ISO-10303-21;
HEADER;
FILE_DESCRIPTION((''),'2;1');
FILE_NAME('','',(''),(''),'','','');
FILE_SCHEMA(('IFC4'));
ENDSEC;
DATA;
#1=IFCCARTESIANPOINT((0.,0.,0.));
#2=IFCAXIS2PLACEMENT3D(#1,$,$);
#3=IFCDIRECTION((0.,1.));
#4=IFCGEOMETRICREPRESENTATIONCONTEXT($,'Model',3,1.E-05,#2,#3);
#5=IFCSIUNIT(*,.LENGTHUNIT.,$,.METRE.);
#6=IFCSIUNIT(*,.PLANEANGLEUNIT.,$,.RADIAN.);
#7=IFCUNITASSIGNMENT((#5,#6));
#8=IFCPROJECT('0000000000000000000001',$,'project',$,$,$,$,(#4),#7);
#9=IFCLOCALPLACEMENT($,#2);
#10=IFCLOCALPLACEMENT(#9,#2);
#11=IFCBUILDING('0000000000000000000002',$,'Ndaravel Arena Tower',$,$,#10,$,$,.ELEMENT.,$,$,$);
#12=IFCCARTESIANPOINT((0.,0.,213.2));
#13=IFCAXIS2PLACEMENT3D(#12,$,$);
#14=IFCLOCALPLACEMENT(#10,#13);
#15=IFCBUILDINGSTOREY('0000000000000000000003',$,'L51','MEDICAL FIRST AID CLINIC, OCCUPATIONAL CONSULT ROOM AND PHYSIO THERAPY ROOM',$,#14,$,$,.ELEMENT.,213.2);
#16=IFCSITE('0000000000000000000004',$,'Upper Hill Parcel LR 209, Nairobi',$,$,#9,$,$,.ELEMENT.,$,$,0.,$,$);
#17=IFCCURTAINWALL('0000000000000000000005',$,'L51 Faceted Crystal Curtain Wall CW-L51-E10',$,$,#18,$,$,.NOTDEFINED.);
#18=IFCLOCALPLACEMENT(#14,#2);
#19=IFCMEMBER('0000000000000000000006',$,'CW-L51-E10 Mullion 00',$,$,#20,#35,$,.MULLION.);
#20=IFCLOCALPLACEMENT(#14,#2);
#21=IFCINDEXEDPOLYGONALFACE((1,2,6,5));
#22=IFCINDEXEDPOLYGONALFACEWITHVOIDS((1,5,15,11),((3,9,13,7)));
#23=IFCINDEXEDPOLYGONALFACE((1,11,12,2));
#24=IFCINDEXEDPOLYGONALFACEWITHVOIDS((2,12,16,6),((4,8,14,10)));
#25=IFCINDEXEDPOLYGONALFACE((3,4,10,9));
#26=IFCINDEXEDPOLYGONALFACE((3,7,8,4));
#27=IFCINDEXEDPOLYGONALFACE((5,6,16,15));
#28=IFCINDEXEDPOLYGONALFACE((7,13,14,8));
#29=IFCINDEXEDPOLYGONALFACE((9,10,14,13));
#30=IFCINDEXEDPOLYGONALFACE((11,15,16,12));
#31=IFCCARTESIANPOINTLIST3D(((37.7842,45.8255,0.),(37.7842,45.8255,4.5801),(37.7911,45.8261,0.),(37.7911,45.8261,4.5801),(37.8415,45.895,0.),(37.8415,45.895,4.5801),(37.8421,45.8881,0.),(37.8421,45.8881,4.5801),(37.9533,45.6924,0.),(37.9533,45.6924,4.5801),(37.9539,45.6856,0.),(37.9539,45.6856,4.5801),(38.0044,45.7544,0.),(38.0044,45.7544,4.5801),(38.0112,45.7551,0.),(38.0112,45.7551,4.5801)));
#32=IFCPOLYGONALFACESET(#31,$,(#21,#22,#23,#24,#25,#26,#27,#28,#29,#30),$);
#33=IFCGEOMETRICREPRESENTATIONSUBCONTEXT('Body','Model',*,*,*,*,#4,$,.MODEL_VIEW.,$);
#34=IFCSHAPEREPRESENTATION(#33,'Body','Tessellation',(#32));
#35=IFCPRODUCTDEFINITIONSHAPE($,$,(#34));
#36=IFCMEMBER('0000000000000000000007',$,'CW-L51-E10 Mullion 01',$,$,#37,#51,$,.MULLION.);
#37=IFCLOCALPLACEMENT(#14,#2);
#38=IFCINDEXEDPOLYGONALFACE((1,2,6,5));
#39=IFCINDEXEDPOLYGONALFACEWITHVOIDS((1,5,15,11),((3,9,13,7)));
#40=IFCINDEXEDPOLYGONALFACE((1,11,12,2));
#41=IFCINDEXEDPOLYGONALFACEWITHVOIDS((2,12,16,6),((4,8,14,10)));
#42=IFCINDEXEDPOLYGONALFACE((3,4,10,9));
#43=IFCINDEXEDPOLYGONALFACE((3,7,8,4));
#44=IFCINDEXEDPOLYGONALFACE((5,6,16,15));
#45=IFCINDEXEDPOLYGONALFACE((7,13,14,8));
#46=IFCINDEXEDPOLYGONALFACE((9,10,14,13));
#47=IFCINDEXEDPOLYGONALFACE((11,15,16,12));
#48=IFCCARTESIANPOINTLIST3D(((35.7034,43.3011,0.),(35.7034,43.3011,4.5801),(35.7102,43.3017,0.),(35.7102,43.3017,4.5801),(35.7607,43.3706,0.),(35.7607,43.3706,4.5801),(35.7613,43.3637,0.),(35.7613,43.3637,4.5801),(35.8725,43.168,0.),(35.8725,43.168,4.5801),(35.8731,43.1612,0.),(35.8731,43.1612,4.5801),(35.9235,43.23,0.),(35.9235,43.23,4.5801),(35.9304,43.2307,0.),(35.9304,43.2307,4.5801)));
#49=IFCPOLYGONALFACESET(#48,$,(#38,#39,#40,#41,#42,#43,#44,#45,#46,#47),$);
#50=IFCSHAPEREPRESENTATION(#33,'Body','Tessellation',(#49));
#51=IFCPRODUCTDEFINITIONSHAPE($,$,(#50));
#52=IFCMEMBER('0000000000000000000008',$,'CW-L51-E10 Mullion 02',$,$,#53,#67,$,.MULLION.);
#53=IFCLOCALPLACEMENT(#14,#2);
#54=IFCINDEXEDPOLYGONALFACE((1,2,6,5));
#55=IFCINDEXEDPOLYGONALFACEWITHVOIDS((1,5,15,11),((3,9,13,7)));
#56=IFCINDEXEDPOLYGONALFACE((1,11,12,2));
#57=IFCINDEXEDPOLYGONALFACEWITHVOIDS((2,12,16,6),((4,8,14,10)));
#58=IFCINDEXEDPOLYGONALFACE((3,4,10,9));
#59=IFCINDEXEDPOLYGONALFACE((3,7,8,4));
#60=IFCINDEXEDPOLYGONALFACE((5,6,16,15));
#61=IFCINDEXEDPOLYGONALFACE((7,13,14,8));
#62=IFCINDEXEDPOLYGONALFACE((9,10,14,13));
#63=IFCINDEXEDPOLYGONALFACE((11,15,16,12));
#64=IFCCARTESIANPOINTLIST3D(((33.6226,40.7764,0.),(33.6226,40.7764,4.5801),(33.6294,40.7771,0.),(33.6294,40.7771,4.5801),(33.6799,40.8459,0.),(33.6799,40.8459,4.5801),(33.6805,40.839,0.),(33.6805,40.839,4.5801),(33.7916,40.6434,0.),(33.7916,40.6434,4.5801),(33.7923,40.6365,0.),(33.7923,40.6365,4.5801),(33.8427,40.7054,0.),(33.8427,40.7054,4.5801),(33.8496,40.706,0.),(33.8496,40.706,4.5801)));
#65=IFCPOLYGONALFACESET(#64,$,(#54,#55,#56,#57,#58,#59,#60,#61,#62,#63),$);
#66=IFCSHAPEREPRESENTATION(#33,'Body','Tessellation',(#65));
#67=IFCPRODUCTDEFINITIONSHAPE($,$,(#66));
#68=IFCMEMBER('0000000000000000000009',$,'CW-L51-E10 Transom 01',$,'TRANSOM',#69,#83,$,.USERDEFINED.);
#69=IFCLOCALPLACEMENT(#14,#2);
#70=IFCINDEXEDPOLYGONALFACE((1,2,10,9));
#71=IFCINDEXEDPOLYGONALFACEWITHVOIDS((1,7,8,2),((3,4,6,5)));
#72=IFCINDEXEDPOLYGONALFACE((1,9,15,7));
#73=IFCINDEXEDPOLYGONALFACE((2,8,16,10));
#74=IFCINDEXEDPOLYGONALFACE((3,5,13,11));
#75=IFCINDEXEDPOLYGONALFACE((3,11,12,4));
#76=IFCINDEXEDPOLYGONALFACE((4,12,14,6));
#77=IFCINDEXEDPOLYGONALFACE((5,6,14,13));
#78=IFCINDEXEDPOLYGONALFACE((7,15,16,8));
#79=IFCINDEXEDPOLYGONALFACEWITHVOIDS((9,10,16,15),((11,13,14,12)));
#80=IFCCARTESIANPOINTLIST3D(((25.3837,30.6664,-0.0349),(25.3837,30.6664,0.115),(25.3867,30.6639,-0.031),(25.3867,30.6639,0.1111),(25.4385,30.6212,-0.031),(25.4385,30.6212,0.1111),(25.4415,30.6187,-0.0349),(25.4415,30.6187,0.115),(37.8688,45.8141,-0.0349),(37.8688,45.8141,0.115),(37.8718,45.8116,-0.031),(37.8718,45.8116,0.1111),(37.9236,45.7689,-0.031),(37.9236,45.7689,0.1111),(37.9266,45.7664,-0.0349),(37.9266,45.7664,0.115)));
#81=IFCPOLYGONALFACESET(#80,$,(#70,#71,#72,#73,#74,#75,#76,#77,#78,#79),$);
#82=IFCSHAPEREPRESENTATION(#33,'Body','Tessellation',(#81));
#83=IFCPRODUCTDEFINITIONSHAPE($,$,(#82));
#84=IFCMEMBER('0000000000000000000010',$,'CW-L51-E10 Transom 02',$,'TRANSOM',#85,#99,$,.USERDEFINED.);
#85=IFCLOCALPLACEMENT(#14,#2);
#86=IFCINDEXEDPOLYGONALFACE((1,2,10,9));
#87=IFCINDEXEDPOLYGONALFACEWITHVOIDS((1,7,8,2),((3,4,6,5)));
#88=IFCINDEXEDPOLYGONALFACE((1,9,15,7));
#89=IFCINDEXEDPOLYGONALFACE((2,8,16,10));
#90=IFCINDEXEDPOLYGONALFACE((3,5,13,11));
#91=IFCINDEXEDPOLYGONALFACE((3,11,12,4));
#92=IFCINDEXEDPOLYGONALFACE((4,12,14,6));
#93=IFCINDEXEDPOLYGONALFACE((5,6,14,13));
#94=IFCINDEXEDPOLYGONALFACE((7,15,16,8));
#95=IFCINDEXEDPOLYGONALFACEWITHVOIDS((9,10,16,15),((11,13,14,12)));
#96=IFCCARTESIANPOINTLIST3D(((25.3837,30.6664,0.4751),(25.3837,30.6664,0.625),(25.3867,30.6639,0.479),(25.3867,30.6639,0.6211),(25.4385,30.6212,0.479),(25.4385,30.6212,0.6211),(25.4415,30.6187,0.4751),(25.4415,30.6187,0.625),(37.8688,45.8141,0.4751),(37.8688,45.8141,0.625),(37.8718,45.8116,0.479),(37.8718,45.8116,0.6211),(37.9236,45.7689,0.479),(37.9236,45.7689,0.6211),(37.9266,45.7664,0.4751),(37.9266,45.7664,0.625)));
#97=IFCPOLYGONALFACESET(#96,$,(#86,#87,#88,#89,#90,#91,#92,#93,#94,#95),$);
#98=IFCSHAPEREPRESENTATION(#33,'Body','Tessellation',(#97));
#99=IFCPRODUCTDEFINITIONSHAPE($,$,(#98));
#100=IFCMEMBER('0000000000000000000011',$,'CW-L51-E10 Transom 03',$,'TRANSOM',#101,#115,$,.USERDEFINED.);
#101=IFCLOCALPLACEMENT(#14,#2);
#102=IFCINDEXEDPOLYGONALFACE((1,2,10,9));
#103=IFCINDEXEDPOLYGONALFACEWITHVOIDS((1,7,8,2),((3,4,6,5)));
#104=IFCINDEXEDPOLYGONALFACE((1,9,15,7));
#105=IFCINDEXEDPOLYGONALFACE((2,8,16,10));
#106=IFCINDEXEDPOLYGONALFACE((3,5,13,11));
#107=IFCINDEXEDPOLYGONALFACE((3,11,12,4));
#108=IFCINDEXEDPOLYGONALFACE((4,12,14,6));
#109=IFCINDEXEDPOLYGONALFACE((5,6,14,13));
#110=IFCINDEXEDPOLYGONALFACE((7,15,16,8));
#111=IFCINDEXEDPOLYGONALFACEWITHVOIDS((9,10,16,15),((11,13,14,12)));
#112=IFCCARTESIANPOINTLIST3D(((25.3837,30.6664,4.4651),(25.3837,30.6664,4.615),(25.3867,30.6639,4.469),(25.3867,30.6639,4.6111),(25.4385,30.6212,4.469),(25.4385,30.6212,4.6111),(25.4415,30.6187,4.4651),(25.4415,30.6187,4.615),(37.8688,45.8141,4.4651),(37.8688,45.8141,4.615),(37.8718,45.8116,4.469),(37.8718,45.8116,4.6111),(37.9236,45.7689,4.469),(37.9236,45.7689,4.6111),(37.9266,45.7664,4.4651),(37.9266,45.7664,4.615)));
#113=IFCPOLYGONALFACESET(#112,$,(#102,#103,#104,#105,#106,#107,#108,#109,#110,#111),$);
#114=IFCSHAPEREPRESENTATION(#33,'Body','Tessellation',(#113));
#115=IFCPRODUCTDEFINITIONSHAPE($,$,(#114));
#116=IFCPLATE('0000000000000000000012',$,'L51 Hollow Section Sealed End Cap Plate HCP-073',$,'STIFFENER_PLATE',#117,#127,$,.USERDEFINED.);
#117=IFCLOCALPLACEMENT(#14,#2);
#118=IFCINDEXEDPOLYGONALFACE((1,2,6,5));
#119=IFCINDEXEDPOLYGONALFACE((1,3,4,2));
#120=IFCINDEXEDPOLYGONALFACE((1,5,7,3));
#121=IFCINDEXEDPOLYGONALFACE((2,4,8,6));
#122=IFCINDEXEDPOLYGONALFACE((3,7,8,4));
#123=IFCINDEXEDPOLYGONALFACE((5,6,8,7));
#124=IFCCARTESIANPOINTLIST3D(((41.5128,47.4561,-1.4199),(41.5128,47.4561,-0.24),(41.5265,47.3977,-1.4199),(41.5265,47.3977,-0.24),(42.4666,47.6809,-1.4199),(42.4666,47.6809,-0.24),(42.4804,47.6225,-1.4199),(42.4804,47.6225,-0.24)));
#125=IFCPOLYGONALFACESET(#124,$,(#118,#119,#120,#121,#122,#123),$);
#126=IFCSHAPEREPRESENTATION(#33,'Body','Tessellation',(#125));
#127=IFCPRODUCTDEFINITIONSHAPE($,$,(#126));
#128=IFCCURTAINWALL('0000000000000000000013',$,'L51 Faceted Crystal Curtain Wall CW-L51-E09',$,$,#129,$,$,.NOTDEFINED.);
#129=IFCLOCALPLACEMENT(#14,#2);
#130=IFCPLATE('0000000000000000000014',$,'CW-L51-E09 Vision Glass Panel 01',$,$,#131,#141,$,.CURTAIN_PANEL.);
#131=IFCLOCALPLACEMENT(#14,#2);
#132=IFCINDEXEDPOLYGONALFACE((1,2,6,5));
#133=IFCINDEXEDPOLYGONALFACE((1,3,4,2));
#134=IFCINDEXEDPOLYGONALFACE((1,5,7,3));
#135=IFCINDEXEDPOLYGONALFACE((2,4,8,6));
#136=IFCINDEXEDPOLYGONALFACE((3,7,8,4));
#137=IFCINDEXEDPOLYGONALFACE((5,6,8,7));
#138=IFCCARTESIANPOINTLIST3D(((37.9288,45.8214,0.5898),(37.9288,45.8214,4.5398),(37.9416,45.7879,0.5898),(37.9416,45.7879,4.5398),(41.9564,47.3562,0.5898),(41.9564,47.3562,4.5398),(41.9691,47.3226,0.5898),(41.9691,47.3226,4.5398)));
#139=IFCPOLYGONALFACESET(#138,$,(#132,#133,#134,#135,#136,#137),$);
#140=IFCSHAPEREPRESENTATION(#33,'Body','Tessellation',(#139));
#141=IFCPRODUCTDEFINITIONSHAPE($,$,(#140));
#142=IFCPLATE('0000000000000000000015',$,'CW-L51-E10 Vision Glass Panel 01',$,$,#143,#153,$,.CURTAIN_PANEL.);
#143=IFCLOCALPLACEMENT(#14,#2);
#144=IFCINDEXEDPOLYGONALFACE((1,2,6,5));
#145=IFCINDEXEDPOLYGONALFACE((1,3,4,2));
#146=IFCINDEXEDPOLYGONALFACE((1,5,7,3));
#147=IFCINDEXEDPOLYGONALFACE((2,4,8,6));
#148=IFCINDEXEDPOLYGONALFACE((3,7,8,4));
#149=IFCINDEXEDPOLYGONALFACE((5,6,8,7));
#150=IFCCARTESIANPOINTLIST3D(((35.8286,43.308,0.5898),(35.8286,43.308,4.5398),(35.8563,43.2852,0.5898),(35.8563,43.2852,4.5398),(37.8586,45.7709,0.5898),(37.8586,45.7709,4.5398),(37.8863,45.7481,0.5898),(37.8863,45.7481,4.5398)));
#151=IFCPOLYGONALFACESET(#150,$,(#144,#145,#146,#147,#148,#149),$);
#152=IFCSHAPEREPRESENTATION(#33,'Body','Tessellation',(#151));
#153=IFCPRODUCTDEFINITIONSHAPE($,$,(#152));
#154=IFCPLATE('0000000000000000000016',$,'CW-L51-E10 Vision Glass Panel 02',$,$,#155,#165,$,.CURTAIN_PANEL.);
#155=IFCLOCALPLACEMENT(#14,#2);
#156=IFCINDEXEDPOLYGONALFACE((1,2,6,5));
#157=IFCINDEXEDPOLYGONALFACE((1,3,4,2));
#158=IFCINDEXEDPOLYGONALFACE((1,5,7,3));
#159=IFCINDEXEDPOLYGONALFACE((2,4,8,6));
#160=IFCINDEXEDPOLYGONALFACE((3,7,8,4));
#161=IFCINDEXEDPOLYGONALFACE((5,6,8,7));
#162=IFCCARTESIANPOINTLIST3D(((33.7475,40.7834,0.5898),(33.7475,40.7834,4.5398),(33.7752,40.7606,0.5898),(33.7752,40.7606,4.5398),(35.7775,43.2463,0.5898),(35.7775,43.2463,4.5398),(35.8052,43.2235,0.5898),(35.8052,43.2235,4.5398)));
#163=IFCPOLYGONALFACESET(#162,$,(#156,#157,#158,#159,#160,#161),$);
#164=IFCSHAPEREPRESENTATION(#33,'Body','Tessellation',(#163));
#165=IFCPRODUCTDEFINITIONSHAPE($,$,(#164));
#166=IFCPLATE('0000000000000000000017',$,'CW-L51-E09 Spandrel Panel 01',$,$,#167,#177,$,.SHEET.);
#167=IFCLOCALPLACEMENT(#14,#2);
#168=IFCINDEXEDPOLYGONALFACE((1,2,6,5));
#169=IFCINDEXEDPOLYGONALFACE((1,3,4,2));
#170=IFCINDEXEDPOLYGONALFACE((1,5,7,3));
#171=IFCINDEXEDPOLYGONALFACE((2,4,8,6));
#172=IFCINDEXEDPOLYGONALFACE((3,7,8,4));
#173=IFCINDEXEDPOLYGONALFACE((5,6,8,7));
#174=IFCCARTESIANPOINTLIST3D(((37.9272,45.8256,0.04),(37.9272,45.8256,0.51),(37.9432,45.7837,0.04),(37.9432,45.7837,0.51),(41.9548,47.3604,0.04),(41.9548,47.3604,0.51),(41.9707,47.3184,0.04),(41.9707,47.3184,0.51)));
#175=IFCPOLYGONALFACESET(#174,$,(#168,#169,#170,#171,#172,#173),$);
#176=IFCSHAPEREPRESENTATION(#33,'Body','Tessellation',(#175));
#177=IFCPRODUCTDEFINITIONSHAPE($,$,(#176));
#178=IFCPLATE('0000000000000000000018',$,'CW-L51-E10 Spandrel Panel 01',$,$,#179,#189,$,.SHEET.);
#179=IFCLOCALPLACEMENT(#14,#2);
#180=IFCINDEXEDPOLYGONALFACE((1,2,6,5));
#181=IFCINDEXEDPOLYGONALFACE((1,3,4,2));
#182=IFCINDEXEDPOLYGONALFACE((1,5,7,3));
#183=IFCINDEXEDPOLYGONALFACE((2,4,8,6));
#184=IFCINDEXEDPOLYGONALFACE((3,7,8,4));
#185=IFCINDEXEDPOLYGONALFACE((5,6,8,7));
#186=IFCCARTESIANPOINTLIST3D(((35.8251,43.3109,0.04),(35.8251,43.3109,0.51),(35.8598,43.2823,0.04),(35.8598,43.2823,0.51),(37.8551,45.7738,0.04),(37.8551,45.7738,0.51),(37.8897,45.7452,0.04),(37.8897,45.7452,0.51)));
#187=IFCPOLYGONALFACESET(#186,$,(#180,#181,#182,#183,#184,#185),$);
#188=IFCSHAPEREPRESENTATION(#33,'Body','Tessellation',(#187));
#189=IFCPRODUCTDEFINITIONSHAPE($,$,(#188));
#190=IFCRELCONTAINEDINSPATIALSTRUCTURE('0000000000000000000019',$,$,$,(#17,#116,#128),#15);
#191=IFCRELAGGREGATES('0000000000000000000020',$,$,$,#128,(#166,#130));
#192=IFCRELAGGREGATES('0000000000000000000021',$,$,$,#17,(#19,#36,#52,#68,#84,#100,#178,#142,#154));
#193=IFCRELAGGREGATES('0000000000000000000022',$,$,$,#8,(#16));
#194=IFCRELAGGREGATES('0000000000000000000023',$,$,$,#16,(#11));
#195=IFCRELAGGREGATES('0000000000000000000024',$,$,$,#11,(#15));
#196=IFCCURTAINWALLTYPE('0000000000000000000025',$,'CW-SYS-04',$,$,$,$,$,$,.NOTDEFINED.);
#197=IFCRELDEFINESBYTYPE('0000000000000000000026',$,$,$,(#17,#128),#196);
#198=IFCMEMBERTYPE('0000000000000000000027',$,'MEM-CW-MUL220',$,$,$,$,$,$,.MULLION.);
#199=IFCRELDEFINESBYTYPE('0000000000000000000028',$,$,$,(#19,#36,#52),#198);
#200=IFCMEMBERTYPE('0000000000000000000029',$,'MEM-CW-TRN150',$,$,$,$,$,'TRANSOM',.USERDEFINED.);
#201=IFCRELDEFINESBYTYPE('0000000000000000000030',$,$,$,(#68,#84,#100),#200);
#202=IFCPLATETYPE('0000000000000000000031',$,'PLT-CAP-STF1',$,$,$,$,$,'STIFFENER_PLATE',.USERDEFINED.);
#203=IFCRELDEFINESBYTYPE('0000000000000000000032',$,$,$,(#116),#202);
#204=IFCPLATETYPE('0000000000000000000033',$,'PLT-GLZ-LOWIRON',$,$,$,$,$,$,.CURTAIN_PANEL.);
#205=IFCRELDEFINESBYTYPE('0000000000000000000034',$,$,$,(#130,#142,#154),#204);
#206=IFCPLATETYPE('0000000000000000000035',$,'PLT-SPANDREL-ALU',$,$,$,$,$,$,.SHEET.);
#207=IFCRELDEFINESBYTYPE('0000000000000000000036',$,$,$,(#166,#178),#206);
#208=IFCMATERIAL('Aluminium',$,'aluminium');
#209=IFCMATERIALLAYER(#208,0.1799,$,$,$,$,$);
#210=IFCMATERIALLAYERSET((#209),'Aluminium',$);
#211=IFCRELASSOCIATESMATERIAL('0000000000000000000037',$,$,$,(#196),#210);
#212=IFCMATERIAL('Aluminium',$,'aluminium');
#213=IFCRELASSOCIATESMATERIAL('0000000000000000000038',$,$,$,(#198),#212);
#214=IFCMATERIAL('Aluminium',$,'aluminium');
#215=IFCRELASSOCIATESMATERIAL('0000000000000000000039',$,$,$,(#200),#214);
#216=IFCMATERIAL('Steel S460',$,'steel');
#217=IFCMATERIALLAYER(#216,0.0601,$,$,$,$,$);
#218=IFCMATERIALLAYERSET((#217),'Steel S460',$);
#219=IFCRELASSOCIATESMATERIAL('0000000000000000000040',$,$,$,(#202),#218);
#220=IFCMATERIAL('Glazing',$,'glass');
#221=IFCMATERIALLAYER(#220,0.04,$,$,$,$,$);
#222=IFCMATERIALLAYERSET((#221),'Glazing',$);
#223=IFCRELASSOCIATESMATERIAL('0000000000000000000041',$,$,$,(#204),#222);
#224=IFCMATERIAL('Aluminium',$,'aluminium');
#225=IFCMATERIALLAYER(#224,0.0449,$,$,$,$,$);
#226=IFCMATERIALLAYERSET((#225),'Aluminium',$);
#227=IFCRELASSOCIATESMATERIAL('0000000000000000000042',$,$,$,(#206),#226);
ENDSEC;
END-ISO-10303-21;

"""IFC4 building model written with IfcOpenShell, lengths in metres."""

from ifc_helpers import new_model, si_unit, direction, frame, origin, origin_2d, place, context, subcontext, project, spatial, rectangle, hollow_rectangle, extrude, material, layer, layer_set, material_profile, profile_set, type_object, element, aggregate, save


model = new_model("IFC4")

# Units and contexts
model_context = context("Model", 3, precision=1e-05, world=origin(), true_north=direction((0.0, 1.0)))
body_context = subcontext(model_context, "Body", "Model", "MODEL_VIEW")
ifc_project = project(units=[si_unit("LENGTHUNIT", "METRE"), si_unit("PLANEANGLEUNIT", "RADIAN")], contexts=[model_context])

# Site, building, storey
site_placement = place(None, origin())
site = spatial("IfcSite", under=ifc_project, at=site_placement, Name="Upper Hill Parcel LR 209, Nairobi", CompositionType="ELEMENT", RefElevation=0.0)
building_placement = place(site_placement, origin())
building = spatial("IfcBuilding", under=site, at=building_placement, Name="Ndaravel Arena Tower", CompositionType="ELEMENT")
storey_placement = place(building_placement, frame((0.0, 0.0, 213.2)))
storey = spatial("IfcBuildingStorey", under=building, at=storey_placement, Name="L51", Description="MEDICAL FIRST AID CLINIC, OCCUPATIONAL CONSULT ROOM AND PHYSIO THERAPY ROOM", CompositionType="ELEMENT", Elevation=213.2)

# Curtain wall, members
ifc_material_1 = material(Name="Aluminium", Category="aluminium")
ifc_layer_1 = layer(ifc_material_1, 0.1799)
ifc_layer_set_1 = layer_set([ifc_layer_1], Name="Aluminium")
curtain_wall_type = type_object("IfcCurtainWallType", Name="CW-SYS-04", PredefinedType="NOTDEFINED", material=ifc_layer_set_1)
curtain_wall_1_placement = place(storey_placement, origin())
curtain_wall_1 = element("IfcCurtainWall", 1, at=curtain_wall_1_placement, inside=storey, type_object=curtain_wall_type, Name="L51 Faceted Crystal Curtain Wall CW-L51-E10", PredefinedType="NOTDEFINED")
ifc_material_2 = material(Name="Aluminium", Category="aluminium")
ifc_material_profile_1 = material_profile(ifc_material_2, hollow_rectangle(XDim=0.0901, YDim=0.22, WallThickness=0.0049, at=origin_2d()), Name="CW MULLION 90x220x5")
ifc_profile_set_1 = profile_set([ifc_material_profile_1], Name="Aluminium")
member_type_1 = type_object("IfcMemberType", Name="MEM-CW-MUL220", PredefinedType="MULLION", material=ifc_profile_set_1)
member_1_placement = place(storey_placement, frame((37.8977, 45.7903, 0.0), z_axis=(0.0, 0.0, 1.0), x_axis=(-0.636024, -0.771669, 0.0)))
member_1 = element("IfcMember", 2, at=member_1_placement, type_object=member_type_1, Name="CW-L51-E10 Mullion 00", PredefinedType="MULLION", context=body_context, shape_type="SweptSolid", body=[
    extrude(hollow_rectangle(XDim=0.0901, YDim=0.22, WallThickness=0.0049, at=origin_2d()), origin(), (0.0, 0.0, 1.0), 4.5801),
])
member_2_placement = place(storey_placement, frame((35.8169, 43.2659, 0.0), z_axis=(0.0, 0.0, 1.0), x_axis=(-0.636024, -0.771669, 0.0)))
member_2 = element("IfcMember", 3, at=member_2_placement, type_object=member_type_1, Name="CW-L51-E10 Mullion 01", PredefinedType="MULLION", context=body_context, shape_type="SweptSolid", body=[
    extrude(hollow_rectangle(XDim=0.0901, YDim=0.22, WallThickness=0.0049, at=origin_2d()), origin(), (0.0, 0.0, 1.0), 4.5801),
])
member_3_placement = place(storey_placement, frame((33.7361, 40.7412, 0.0), z_axis=(0.0, 0.0, 1.0), x_axis=(-0.636024, -0.771669, 0.0)))
member_3 = element("IfcMember", 4, at=member_3_placement, type_object=member_type_1, Name="CW-L51-E10 Mullion 02", PredefinedType="MULLION", context=body_context, shape_type="SweptSolid", body=[
    extrude(hollow_rectangle(XDim=0.0901, YDim=0.22, WallThickness=0.0049, at=origin_2d()), origin(), (0.0, 0.0, 1.0), 4.5801),
])
ifc_material_3 = material(Name="Aluminium", Category="aluminium")
ifc_material_profile_2 = material_profile(ifc_material_3, hollow_rectangle(XDim=0.075, YDim=0.1499, WallThickness=0.0039, at=origin_2d()), Name="CW TRANSOM 75x150x4")
ifc_profile_set_2 = profile_set([ifc_material_profile_2], Name="Aluminium")
member_type_2 = type_object("IfcMemberType", Name="MEM-CW-TRN150", ElementType="TRANSOM", PredefinedType="USERDEFINED", material=ifc_profile_set_2)
member_4_placement = place(storey_placement, frame((37.8977, 45.7903, 0.04), z_axis=(-0.636027, -0.771667, 0.0), x_axis=(0.771667, -0.636027, 0.0)))
member_4 = element("IfcMember", 5, at=member_4_placement, type_object=member_type_2, Name="CW-L51-E10 Transom 01", ObjectType="TRANSOM", PredefinedType="USERDEFINED", context=body_context, shape_type="SweptSolid", body=[
    extrude(hollow_rectangle(XDim=0.075, YDim=0.1499, WallThickness=0.0039, at=origin_2d()), origin(), (0.0, 0.0, 1.0), 19.6299),
])
member_5_placement = place(storey_placement, frame((37.8977, 45.7903, 0.55), z_axis=(-0.636027, -0.771667, 0.0), x_axis=(0.771667, -0.636027, 0.0)))
member_5 = element("IfcMember", 6, at=member_5_placement, type_object=member_type_2, Name="CW-L51-E10 Transom 02", ObjectType="TRANSOM", PredefinedType="USERDEFINED", context=body_context, shape_type="SweptSolid", body=[
    extrude(hollow_rectangle(XDim=0.075, YDim=0.1499, WallThickness=0.0039, at=origin_2d()), origin(), (0.0, 0.0, 1.0), 19.6299),
])
member_6_placement = place(storey_placement, frame((37.8977, 45.7903, 4.54), z_axis=(-0.636027, -0.771667, 0.0), x_axis=(0.771667, -0.636027, 0.0)))
member_6 = element("IfcMember", 7, at=member_6_placement, type_object=member_type_2, Name="CW-L51-E10 Transom 03", ObjectType="TRANSOM", PredefinedType="USERDEFINED", context=body_context, shape_type="SweptSolid", body=[
    extrude(hollow_rectangle(XDim=0.075, YDim=0.1499, WallThickness=0.0039, at=origin_2d()), origin(), (0.0, 0.0, 1.0), 19.6299),
])

# Plate
ifc_material_4 = material(Name="Steel S460", Category="steel")
ifc_layer_2 = layer(ifc_material_4, 0.0601)
ifc_layer_set_2 = layer_set([ifc_layer_2], Name="Steel S460")
plate_type_1 = type_object("IfcPlateType", Name="PLT-CAP-STF1", ElementType="STIFFENER_PLATE", PredefinedType="USERDEFINED", material=ifc_layer_set_2)
plate_1_placement = place(storey_placement, frame((41.9966, 47.5393, -1.4199), z_axis=(0.0, 0.0, 1.0), x_axis=(-0.22937, 0.973339, 0.0)))
element("IfcPlate", 8, at=plate_1_placement, inside=storey, type_object=plate_type_1, Name="L51 Hollow Section Sealed End Cap Plate HCP-073", ObjectType="STIFFENER_PLATE", PredefinedType="USERDEFINED", context=body_context, shape_type="SweptSolid", body=[
    extrude(rectangle(XDim=0.0601, YDim=0.98, at=origin_2d()), origin(), (0.0, 0.0, 1.0), 1.1799),
])

# Curtain wall, plate
curtain_wall_2_placement = place(storey_placement, origin())
curtain_wall_2 = element("IfcCurtainWall", 9, at=curtain_wall_2_placement, inside=storey, type_object=curtain_wall_type, Name="L51 Faceted Crystal Curtain Wall CW-L51-E09", PredefinedType="NOTDEFINED")
ifc_material_5 = material(Name="Glazing", Category="glass")
ifc_layer_3 = layer(ifc_material_5, 0.04)
ifc_layer_set_3 = layer_set([ifc_layer_3], Name="Glazing")
plate_type_2 = type_object("IfcPlateType", Name="PLT-GLZ-LOWIRON", PredefinedType="CURTAIN_PANEL", material=ifc_layer_set_3)
plate_2_placement = place(storey_placement, frame((39.949, 46.572, 0.5898), z_axis=(0.0, 0.0, 1.0), x_axis=(-0.934453, -0.356086, 0.0)))
plate_2 = element("IfcPlate", 10, at=plate_2_placement, type_object=plate_type_2, Name="CW-L51-E09 Vision Glass Panel 01", PredefinedType="CURTAIN_PANEL", context=body_context, shape_type="SweptSolid", body=[
    extrude(rectangle(XDim=4.3101, YDim=0.0359, at=origin_2d()), origin(), (0.0, 0.0, 1.0), 3.95),
])

# Plates
plate_3_placement = place(storey_placement, frame((36.8574, 44.5281, 0.5898), z_axis=(0.0, 0.0, 1.0), x_axis=(-0.636024, -0.771669, 0.0)))
plate_3 = element("IfcPlate", 11, at=plate_3_placement, type_object=plate_type_2, Name="CW-L51-E10 Vision Glass Panel 01", PredefinedType="CURTAIN_PANEL", context=body_context, shape_type="SweptSolid", body=[
    extrude(rectangle(XDim=3.1917, YDim=0.0359, at=origin_2d()), origin(), (0.0, 0.0, 1.0), 3.95),
])
plate_4_placement = place(storey_placement, frame((34.7764, 42.0034, 0.5898), z_axis=(0.0, 0.0, 1.0), x_axis=(-0.636024, -0.771669, 0.0)))
plate_4 = element("IfcPlate", 12, at=plate_4_placement, type_object=plate_type_2, Name="CW-L51-E10 Vision Glass Panel 02", PredefinedType="CURTAIN_PANEL", context=body_context, shape_type="SweptSolid", body=[
    extrude(rectangle(XDim=3.1917, YDim=0.0359, at=origin_2d()), origin(), (0.0, 0.0, 1.0), 3.95),
])
ifc_material_6 = material(Name="Aluminium", Category="aluminium")
ifc_layer_4 = layer(ifc_material_6, 0.0449)
ifc_layer_set_4 = layer_set([ifc_layer_4], Name="Aluminium")
plate_type_3 = type_object("IfcPlateType", Name="PLT-SPANDREL-ALU", PredefinedType="SHEET", material=ifc_layer_set_4)
plate_5_placement = place(storey_placement, frame((39.949, 46.572, 0.04), z_axis=(0.0, 0.0, 1.0), x_axis=(-0.934453, -0.356086, 0.0)))
plate_5 = element("IfcPlate", 13, at=plate_5_placement, type_object=plate_type_3, Name="CW-L51-E09 Spandrel Panel 01", PredefinedType="SHEET", context=body_context, shape_type="SweptSolid", body=[
    extrude(rectangle(XDim=4.3101, YDim=0.0449, at=origin_2d()), origin(), (0.0, 0.0, 1.0), 0.47),
])
aggregate(curtain_wall_2, [plate_5, plate_2])
plate_6_placement = place(storey_placement, frame((36.8574, 44.5281, 0.04), z_axis=(0.0, 0.0, 1.0), x_axis=(-0.636024, -0.771669, 0.0)))
plate_6 = element("IfcPlate", 14, at=plate_6_placement, type_object=plate_type_3, Name="CW-L51-E10 Spandrel Panel 01", PredefinedType="SHEET", context=body_context, shape_type="SweptSolid", body=[
    extrude(rectangle(XDim=3.1917, YDim=0.0449, at=origin_2d()), origin(), (0.0, 0.0, 1.0), 0.47),
])
aggregate(curtain_wall_1, [member_1, member_2, member_3, member_4, member_5, member_6, plate_6, plate_3, plate_4])

save(model, "model.ifc")
